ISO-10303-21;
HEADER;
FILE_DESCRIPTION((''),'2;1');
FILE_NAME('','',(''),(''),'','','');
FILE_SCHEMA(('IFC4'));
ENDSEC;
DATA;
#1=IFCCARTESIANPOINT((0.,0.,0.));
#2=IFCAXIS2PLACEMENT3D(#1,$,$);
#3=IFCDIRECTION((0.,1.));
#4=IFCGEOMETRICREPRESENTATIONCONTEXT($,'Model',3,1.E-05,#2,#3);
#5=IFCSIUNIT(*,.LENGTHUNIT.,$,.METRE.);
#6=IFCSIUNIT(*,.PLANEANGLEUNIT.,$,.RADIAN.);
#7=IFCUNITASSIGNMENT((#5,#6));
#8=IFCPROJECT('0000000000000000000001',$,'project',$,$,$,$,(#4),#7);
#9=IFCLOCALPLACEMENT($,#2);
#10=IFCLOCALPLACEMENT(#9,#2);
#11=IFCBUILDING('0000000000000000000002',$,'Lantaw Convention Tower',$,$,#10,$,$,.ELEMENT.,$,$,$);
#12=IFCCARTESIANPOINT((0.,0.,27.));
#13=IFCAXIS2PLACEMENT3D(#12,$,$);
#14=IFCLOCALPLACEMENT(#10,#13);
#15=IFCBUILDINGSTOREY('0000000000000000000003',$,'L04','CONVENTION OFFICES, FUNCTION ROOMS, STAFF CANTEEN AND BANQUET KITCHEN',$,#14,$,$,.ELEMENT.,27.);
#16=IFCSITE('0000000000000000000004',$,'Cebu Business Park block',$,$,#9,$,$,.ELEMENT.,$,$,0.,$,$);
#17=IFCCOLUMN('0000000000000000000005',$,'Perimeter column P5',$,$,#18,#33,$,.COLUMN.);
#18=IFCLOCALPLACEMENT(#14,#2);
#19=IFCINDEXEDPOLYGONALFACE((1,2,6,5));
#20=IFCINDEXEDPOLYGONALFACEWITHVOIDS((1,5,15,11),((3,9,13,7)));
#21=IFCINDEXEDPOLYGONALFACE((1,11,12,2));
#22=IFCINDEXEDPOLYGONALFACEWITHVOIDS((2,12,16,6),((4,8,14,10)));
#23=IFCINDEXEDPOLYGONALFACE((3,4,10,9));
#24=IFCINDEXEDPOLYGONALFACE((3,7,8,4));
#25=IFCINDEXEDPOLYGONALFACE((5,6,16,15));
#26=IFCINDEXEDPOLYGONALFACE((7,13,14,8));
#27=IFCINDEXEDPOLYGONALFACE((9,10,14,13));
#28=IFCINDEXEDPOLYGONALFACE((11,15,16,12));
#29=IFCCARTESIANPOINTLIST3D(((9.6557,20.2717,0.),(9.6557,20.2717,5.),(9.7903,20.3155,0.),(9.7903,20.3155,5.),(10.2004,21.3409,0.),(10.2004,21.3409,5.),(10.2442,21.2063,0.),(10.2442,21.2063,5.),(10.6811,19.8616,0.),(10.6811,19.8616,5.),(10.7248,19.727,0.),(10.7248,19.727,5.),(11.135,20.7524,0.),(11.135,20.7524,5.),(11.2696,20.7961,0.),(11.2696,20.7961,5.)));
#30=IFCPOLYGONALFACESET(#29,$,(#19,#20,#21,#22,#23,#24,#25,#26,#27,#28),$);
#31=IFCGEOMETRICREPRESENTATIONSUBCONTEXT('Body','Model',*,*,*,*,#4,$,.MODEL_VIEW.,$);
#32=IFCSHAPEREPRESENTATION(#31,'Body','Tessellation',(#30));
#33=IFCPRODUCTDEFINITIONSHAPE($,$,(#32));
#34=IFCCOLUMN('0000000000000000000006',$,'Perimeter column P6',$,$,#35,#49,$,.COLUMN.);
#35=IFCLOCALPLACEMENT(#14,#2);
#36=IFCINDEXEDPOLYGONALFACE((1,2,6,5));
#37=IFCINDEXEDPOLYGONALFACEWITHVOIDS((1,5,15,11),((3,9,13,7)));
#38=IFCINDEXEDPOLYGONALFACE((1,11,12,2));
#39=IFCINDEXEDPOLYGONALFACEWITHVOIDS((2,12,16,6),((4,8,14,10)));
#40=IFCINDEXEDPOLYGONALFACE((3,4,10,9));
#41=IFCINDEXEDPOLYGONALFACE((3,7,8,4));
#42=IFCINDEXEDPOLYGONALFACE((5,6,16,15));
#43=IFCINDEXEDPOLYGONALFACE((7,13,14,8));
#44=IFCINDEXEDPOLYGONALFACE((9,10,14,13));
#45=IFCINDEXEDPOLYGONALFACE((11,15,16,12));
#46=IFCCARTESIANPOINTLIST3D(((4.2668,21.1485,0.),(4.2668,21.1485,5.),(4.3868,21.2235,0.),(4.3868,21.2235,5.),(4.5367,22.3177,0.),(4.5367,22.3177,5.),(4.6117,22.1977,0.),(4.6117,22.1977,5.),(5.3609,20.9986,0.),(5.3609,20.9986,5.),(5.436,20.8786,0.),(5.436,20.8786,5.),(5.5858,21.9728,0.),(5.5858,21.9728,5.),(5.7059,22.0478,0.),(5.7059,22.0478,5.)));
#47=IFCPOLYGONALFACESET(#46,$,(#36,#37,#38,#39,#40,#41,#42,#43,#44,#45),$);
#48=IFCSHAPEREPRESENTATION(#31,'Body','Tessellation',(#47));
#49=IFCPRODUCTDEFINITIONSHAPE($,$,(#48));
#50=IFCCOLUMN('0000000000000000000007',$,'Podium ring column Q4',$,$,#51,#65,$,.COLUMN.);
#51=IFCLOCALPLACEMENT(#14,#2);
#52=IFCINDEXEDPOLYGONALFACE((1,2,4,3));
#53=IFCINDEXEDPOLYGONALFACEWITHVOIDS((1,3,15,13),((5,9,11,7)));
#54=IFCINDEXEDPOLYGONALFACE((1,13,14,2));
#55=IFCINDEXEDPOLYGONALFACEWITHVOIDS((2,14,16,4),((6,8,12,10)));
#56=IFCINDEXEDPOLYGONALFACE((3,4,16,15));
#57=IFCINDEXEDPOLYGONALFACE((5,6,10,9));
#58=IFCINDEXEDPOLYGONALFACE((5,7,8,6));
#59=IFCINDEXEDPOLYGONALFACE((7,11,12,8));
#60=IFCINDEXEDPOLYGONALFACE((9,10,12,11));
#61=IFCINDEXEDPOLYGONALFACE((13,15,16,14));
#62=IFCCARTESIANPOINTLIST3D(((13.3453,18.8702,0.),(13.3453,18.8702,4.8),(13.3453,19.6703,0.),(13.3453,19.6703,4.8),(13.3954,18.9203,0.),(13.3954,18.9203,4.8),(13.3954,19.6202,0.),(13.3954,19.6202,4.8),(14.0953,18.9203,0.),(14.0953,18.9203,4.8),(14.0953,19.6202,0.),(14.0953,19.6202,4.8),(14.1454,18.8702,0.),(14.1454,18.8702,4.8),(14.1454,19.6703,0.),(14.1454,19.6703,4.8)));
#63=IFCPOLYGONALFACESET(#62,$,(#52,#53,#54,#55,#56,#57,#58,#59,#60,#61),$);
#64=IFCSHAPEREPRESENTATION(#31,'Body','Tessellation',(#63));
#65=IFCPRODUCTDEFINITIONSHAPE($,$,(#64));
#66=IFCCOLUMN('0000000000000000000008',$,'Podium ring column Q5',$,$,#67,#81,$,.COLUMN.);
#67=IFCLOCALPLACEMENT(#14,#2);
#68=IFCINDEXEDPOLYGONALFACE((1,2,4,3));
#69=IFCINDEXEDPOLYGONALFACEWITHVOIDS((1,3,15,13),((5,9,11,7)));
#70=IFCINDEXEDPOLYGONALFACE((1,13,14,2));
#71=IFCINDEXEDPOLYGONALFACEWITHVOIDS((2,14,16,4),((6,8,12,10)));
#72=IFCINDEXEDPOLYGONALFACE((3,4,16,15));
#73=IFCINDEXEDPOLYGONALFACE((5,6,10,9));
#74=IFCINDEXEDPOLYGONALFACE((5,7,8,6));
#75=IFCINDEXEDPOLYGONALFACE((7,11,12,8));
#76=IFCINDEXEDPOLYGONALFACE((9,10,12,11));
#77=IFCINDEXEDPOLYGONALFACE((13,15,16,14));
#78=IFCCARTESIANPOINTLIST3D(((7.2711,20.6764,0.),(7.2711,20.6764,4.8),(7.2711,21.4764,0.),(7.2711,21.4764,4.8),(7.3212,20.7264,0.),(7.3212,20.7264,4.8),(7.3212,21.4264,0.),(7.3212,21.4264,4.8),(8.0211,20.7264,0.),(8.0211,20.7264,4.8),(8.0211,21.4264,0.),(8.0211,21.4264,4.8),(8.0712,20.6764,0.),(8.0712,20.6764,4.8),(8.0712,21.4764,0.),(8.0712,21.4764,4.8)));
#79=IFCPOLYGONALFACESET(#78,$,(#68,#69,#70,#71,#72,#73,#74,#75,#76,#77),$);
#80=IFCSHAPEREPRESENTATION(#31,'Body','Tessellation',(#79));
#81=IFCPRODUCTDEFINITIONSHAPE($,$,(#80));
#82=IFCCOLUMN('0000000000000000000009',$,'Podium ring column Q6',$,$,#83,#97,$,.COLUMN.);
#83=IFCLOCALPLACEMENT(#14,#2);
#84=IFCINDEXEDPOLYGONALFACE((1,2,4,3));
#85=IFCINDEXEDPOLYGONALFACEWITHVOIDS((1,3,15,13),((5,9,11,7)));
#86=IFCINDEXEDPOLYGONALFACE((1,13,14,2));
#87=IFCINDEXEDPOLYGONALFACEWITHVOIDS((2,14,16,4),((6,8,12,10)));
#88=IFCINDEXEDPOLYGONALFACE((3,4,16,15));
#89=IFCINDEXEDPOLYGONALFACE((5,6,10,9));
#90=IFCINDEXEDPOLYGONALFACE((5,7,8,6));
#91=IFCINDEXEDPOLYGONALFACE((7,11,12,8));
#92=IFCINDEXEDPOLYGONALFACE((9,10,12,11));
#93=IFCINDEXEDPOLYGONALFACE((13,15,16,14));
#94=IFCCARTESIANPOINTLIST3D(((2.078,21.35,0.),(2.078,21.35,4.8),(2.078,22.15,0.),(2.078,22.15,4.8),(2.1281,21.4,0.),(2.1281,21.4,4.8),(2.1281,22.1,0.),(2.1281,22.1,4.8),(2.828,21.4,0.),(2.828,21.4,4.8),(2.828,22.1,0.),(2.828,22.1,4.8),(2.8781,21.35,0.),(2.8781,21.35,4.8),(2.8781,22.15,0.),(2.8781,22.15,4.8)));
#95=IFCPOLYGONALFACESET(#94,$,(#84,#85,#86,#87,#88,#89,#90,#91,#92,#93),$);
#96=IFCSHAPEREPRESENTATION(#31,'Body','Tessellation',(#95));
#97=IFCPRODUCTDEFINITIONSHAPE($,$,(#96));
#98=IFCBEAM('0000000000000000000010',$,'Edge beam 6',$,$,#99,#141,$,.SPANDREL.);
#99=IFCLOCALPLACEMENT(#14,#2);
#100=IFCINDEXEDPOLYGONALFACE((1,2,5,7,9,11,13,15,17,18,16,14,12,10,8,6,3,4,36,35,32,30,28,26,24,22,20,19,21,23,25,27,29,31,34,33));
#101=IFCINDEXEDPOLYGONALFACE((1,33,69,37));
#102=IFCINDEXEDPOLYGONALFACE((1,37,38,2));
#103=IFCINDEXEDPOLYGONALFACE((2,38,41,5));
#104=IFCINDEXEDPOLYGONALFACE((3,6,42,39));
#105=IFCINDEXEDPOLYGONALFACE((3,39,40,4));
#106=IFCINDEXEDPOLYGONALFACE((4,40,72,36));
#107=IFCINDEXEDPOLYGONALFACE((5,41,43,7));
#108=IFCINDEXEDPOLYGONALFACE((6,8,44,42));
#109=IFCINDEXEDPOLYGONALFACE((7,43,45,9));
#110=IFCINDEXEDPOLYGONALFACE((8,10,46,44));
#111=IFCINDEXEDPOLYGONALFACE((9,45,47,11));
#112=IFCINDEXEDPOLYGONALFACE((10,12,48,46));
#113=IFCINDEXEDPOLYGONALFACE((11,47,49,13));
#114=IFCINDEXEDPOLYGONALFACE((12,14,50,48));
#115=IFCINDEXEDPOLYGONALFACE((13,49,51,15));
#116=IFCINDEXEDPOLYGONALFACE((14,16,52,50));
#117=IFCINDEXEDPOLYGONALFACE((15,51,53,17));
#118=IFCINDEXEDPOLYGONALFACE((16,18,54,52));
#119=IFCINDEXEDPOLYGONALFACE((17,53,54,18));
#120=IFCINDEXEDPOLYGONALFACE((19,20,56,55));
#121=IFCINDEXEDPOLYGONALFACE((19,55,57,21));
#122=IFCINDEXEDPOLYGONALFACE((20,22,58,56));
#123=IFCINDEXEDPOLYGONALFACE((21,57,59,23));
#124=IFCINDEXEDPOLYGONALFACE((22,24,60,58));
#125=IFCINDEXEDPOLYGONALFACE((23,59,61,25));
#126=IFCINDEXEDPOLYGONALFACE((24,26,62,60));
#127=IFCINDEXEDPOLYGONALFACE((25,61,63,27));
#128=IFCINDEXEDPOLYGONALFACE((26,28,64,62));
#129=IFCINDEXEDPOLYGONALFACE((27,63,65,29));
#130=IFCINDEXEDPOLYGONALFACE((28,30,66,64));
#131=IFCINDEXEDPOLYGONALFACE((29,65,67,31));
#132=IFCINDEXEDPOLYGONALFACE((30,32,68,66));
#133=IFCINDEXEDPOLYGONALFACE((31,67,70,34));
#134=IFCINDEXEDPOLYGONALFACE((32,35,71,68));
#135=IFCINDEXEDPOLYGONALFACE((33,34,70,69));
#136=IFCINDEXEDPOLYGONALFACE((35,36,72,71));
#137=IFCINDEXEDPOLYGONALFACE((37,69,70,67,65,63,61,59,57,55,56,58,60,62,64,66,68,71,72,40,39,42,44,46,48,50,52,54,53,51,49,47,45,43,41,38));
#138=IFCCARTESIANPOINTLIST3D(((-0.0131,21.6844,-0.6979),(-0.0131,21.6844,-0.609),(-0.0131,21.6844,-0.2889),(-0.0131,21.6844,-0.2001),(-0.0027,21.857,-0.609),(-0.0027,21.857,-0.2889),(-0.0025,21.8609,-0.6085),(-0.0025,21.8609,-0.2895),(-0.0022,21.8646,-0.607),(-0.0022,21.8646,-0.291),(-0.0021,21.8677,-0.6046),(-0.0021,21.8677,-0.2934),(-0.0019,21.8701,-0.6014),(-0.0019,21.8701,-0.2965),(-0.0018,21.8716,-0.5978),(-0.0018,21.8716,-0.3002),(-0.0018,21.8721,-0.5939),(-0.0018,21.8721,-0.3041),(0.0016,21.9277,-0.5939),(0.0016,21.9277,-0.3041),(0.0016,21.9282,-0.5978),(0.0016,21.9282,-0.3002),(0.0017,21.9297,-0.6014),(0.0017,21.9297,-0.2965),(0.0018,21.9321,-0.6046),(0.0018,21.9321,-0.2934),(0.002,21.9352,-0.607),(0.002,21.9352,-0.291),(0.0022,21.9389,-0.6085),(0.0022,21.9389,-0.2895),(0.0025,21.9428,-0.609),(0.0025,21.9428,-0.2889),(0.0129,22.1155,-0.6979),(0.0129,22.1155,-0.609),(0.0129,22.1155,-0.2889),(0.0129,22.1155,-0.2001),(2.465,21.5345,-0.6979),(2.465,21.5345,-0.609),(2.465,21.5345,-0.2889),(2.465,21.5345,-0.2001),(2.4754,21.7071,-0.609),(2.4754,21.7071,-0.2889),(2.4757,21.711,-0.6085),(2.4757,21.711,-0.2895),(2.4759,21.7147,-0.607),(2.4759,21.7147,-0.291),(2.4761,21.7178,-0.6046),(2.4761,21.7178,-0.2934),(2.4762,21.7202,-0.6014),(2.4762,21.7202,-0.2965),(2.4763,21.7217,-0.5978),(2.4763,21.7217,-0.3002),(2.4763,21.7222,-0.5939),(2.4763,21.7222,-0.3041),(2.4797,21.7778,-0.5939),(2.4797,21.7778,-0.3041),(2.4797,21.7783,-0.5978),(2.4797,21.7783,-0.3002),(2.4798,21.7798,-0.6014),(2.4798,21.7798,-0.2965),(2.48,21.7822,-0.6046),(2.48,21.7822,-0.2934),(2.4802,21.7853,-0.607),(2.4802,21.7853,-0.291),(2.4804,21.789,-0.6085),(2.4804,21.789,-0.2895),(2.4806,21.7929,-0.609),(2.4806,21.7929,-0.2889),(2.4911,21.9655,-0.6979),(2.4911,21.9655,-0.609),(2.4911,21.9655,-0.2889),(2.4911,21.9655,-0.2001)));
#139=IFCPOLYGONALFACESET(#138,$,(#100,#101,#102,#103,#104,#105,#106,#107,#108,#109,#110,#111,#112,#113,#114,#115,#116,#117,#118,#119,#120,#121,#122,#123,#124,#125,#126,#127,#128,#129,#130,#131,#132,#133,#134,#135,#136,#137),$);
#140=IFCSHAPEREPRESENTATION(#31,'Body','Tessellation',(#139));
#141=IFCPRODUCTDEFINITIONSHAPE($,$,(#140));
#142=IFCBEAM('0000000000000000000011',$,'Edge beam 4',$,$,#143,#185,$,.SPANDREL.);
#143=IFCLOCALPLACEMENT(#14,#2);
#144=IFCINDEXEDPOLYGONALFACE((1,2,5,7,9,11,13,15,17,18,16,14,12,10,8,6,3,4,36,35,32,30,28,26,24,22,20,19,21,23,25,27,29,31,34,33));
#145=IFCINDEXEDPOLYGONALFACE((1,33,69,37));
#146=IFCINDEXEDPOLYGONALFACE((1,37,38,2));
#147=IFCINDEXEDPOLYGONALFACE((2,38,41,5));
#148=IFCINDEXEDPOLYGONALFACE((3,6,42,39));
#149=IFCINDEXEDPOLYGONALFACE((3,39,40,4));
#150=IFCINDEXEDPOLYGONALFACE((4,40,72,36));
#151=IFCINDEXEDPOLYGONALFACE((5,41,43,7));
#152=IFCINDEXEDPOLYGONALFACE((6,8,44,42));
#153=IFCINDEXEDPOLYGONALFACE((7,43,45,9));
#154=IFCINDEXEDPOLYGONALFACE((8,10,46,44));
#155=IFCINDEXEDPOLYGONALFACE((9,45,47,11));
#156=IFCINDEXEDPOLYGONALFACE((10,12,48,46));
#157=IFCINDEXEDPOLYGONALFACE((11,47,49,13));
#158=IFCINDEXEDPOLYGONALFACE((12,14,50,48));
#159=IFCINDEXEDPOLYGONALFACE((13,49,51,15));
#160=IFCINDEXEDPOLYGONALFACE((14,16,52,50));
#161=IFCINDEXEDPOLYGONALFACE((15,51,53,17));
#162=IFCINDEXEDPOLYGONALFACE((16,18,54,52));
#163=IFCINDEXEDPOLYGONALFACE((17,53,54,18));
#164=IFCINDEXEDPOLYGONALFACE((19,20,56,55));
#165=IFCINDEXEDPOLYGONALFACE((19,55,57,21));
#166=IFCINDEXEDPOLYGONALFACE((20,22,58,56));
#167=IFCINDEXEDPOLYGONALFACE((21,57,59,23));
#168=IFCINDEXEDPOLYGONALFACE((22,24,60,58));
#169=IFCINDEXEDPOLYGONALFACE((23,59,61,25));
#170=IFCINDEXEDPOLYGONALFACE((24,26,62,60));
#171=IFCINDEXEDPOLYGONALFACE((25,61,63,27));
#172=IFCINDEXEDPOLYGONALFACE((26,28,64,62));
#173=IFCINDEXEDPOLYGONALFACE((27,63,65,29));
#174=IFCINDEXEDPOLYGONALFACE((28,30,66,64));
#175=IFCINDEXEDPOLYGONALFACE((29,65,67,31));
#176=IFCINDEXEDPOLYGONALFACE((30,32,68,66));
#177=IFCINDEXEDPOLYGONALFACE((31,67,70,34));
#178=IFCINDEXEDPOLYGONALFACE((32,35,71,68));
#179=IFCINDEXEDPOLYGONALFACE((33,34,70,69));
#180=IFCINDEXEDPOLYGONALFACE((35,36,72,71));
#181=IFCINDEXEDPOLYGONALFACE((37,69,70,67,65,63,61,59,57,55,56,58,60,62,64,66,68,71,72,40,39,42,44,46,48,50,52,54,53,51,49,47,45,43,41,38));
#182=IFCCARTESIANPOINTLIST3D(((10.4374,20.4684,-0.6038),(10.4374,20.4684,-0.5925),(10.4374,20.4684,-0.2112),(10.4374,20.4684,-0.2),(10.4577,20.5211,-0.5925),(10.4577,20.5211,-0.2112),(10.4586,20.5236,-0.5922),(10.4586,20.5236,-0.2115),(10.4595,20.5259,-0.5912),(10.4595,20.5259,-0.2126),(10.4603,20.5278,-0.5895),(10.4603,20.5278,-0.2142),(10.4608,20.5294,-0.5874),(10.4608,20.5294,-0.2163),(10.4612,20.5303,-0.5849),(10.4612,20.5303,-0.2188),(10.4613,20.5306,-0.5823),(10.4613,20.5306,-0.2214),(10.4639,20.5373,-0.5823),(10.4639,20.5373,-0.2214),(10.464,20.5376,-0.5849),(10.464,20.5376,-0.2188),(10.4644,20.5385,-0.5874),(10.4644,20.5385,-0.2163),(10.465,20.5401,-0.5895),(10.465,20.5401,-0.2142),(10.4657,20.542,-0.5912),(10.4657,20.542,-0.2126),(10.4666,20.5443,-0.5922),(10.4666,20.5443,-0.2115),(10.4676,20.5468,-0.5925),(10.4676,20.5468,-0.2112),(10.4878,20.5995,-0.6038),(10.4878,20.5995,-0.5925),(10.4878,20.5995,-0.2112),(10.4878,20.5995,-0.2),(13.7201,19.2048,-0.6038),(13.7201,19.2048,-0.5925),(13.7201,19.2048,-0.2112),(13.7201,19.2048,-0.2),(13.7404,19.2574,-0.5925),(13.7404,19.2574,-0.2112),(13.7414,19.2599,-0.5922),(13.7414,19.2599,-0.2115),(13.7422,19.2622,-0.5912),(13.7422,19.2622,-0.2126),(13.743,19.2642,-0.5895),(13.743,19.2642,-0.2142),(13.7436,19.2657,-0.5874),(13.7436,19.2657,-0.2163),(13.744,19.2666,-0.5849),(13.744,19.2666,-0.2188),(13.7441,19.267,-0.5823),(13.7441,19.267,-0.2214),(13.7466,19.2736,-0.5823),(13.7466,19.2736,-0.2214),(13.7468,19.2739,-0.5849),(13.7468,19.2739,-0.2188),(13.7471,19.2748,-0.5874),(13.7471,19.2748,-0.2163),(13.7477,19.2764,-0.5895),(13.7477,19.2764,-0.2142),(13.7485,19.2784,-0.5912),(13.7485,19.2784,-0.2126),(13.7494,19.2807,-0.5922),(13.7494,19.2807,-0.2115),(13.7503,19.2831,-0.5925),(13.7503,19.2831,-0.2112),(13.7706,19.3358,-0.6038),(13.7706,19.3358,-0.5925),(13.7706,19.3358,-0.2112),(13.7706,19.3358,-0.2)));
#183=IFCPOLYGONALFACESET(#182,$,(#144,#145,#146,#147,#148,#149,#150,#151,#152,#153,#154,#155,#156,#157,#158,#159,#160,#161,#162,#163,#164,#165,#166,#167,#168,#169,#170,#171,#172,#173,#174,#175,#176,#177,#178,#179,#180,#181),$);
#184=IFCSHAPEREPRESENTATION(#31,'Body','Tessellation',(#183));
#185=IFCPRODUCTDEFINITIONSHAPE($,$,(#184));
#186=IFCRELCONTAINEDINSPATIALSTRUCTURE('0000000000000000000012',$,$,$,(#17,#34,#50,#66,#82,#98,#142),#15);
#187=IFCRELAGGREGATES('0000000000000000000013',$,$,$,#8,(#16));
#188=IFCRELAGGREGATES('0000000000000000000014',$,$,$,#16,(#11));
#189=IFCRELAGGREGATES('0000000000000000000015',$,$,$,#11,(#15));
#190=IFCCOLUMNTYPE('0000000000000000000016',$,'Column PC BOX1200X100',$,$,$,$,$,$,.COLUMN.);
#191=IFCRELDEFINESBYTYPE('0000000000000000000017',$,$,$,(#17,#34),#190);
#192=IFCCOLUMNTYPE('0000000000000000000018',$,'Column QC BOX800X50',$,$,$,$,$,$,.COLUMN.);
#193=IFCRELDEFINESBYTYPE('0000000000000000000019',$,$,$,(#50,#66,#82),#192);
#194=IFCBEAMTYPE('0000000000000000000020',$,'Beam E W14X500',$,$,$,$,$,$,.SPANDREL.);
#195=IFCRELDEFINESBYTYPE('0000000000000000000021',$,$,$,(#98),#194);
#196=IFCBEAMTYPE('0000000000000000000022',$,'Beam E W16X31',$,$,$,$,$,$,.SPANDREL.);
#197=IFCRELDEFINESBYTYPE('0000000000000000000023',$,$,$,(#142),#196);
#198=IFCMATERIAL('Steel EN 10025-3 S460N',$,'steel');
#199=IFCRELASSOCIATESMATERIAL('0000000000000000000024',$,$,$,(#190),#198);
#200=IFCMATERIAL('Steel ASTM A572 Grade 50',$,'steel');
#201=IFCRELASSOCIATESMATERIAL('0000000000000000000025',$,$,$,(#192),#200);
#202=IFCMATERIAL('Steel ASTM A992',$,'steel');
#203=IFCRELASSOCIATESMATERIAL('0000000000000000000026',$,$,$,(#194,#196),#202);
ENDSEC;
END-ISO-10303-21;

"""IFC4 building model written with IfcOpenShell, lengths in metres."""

from ifc_helpers import new_model, si_unit, direction, frame, origin, origin_2d, place, context, subcontext, project, spatial, rectangle, hollow_rectangle, i_section, extrude, material, material_profile, profile_set, type_object, element, save


model = new_model("IFC4")

# Units and contexts
model_context = context("Model", 3, precision=1e-05, world=origin(), true_north=direction((0.0, 1.0)))
body_context = subcontext(model_context, "Body", "Model", "MODEL_VIEW")
ifc_project = project(units=[si_unit("LENGTHUNIT", "METRE"), si_unit("PLANEANGLEUNIT", "RADIAN")], contexts=[model_context])

# Site, building, storey
site_placement = place(None, origin())
site = spatial("IfcSite", under=ifc_project, at=site_placement, Name="Cebu Business Park block", CompositionType="ELEMENT", RefElevation=0.0)
building_placement = place(site_placement, origin())
building = spatial("IfcBuilding", under=site, at=building_placement, Name="Lantaw Convention Tower", CompositionType="ELEMENT")
storey_placement = place(building_placement, frame((0.0, 0.0, 27.0)))
storey = spatial("IfcBuildingStorey", under=building, at=storey_placement, Name="L04", Description="CONVENTION OFFICES, FUNCTION ROOMS, STAFF CANTEEN AND BANQUET KITCHEN", CompositionType="ELEMENT", Elevation=27.0)

# Columns
ifc_material_1 = material(Name="Steel EN 10025-3 S460N", Category="steel")
ifc_material_profile_1 = material_profile(ifc_material_1, hollow_rectangle(XDim=1.2, YDim=1.2, WallThickness=0.1001, at=origin_2d()), Name="BOX1200X100")
ifc_material_2 = material(Name="Concrete C60/75", Category="concrete")
ifc_material_profile_2 = material_profile(ifc_material_2, rectangle(XDim=1.0, YDim=1.0, at=origin_2d()), Name="Concrete fill of BOX1200X100")
ifc_profile_set_1 = profile_set([ifc_material_profile_1, ifc_material_profile_2], Name="Steel EN 10025-3 S460N")
column_type_1 = type_object("IfcColumnType", Name="Column PC BOX1200X100", PredefinedType="COLUMN", material=ifc_profile_set_1)
for number, where, z_axis, x_axis, name in (
    (1, (10.4626, 20.5339, 0.0), (0.0, 0.0, 1.0), (0.45399, 0.891007, 0.0), "Perimeter column P5"),
    (2, (4.9863, 21.5981, 0.0), (0.0, 0.0, 1.0), (0.224951, 0.97437, 0.0), "Perimeter column P6"),
):
    element("IfcColumn", number, at=place(storey_placement, frame(where, z_axis=z_axis, x_axis=x_axis)), inside=storey, type_object=column_type_1, Name=name, PredefinedType="COLUMN", context=body_context, shape_type="SweptSolid", body=[
        extrude(hollow_rectangle(XDim=1.2, YDim=1.2, WallThickness=0.1001, at=origin_2d()), origin(), (0.0, 0.0, 1.0), 5.0),
    ])
ifc_material_3 = material(Name="Steel ASTM A572 Grade 50", Category="steel")
ifc_material_profile_3 = material_profile(ifc_material_3, hollow_rectangle(XDim=0.8, YDim=0.8, WallThickness=0.05, at=origin_2d()), Name="BOX800X50")
ifc_profile_set_2 = profile_set([ifc_material_profile_3], Name="Steel ASTM A572 Grade 50")
column_type_2 = type_object("IfcColumnType", Name="Column QC BOX800X50", PredefinedType="COLUMN", material=ifc_profile_set_2)
for number, where, z_axis, x_axis, name in (
    (3, (13.7454, 19.2703, 0.0), (0.0, 0.0, 1.0), (1.0, 0.0, 0.0), "Podium ring column Q4"),
    (4, (7.6711, 21.0764, 0.0), (0.0, 0.0, 1.0), (1.0, 0.0, 0.0), "Podium ring column Q5"),
    (5, (2.478, 21.75, 0.0), (0.0, 0.0, 1.0), (1.0, 0.0, 0.0), "Podium ring column Q6"),
):
    element("IfcColumn", number, at=place(storey_placement, frame(where, z_axis=z_axis, x_axis=x_axis)), inside=storey, type_object=column_type_2, Name=name, PredefinedType="COLUMN", context=body_context, shape_type="SweptSolid", body=[
        extrude(hollow_rectangle(XDim=0.8, YDim=0.8, WallThickness=0.05, at=origin_2d()), origin(), (0.0, 0.0, 1.0), 4.8),
    ])

# Beams
ifc_material_4 = material(Name="Steel ASTM A992", Category="steel")
ifc_material_profile_4 = material_profile(ifc_material_4, i_section(OverallWidth=0.4319, OverallDepth=0.4978, WebThickness=0.0557, FlangeThickness=0.0889, FilletRadius=0.0151, at=origin_2d()), Name="W14X500")
ifc_profile_set_3 = profile_set([ifc_material_profile_4], Name="Steel ASTM A992")
beam_type_1 = type_object("IfcBeamType", Name="Beam E W14X500", PredefinedType="SPANDREL", material=ifc_profile_set_3)
beam_1_placement = place(storey_placement, frame((2.478, 21.75, -0.449), z_axis=(-0.998175, 0.060382, 0.0), x_axis=(-0.060382, -0.998175, 0.0)))
element("IfcBeam", 6, at=beam_1_placement, inside=storey, type_object=beam_type_1, Name="Edge beam 6", PredefinedType="SPANDREL", context=body_context, shape_type="SweptSolid", body=[
    extrude(i_section(OverallWidth=0.4319, OverallDepth=0.4978, WebThickness=0.0557, FlangeThickness=0.0889, FilletRadius=0.0151, at=origin_2d()), origin(), (0.0, 0.0, 1.0), 2.4827),
])
ifc_material_profile_5 = material_profile(ifc_material_4, i_section(OverallWidth=0.1404, OverallDepth=0.4038, WebThickness=0.0071, FlangeThickness=0.0112, FilletRadius=0.0103, at=origin_2d()), Name="W16X31")
ifc_profile_set_4 = profile_set([ifc_material_profile_5], Name="Steel ASTM A992")
beam_type_2 = type_object("IfcBeamType", Name="Beam E W16X31", PredefinedType="SPANDREL", material=ifc_profile_set_4)
beam_2_placement = place(storey_placement, frame((13.7454, 19.2703, -0.4019), z_axis=(-0.933242, 0.359249, 0.0), x_axis=(-0.359249, -0.933242, 0.0)))
element("IfcBeam", 7, at=beam_2_placement, inside=storey, type_object=beam_type_2, Name="Edge beam 4", PredefinedType="SPANDREL", context=body_context, shape_type="SweptSolid", body=[
    extrude(i_section(OverallWidth=0.1404, OverallDepth=0.4038, WebThickness=0.0071, FlangeThickness=0.0112, FilletRadius=0.0103, at=origin_2d()), origin(), (0.0, 0.0, 1.0), 3.5176),
])

save(model, "model.ifc")
